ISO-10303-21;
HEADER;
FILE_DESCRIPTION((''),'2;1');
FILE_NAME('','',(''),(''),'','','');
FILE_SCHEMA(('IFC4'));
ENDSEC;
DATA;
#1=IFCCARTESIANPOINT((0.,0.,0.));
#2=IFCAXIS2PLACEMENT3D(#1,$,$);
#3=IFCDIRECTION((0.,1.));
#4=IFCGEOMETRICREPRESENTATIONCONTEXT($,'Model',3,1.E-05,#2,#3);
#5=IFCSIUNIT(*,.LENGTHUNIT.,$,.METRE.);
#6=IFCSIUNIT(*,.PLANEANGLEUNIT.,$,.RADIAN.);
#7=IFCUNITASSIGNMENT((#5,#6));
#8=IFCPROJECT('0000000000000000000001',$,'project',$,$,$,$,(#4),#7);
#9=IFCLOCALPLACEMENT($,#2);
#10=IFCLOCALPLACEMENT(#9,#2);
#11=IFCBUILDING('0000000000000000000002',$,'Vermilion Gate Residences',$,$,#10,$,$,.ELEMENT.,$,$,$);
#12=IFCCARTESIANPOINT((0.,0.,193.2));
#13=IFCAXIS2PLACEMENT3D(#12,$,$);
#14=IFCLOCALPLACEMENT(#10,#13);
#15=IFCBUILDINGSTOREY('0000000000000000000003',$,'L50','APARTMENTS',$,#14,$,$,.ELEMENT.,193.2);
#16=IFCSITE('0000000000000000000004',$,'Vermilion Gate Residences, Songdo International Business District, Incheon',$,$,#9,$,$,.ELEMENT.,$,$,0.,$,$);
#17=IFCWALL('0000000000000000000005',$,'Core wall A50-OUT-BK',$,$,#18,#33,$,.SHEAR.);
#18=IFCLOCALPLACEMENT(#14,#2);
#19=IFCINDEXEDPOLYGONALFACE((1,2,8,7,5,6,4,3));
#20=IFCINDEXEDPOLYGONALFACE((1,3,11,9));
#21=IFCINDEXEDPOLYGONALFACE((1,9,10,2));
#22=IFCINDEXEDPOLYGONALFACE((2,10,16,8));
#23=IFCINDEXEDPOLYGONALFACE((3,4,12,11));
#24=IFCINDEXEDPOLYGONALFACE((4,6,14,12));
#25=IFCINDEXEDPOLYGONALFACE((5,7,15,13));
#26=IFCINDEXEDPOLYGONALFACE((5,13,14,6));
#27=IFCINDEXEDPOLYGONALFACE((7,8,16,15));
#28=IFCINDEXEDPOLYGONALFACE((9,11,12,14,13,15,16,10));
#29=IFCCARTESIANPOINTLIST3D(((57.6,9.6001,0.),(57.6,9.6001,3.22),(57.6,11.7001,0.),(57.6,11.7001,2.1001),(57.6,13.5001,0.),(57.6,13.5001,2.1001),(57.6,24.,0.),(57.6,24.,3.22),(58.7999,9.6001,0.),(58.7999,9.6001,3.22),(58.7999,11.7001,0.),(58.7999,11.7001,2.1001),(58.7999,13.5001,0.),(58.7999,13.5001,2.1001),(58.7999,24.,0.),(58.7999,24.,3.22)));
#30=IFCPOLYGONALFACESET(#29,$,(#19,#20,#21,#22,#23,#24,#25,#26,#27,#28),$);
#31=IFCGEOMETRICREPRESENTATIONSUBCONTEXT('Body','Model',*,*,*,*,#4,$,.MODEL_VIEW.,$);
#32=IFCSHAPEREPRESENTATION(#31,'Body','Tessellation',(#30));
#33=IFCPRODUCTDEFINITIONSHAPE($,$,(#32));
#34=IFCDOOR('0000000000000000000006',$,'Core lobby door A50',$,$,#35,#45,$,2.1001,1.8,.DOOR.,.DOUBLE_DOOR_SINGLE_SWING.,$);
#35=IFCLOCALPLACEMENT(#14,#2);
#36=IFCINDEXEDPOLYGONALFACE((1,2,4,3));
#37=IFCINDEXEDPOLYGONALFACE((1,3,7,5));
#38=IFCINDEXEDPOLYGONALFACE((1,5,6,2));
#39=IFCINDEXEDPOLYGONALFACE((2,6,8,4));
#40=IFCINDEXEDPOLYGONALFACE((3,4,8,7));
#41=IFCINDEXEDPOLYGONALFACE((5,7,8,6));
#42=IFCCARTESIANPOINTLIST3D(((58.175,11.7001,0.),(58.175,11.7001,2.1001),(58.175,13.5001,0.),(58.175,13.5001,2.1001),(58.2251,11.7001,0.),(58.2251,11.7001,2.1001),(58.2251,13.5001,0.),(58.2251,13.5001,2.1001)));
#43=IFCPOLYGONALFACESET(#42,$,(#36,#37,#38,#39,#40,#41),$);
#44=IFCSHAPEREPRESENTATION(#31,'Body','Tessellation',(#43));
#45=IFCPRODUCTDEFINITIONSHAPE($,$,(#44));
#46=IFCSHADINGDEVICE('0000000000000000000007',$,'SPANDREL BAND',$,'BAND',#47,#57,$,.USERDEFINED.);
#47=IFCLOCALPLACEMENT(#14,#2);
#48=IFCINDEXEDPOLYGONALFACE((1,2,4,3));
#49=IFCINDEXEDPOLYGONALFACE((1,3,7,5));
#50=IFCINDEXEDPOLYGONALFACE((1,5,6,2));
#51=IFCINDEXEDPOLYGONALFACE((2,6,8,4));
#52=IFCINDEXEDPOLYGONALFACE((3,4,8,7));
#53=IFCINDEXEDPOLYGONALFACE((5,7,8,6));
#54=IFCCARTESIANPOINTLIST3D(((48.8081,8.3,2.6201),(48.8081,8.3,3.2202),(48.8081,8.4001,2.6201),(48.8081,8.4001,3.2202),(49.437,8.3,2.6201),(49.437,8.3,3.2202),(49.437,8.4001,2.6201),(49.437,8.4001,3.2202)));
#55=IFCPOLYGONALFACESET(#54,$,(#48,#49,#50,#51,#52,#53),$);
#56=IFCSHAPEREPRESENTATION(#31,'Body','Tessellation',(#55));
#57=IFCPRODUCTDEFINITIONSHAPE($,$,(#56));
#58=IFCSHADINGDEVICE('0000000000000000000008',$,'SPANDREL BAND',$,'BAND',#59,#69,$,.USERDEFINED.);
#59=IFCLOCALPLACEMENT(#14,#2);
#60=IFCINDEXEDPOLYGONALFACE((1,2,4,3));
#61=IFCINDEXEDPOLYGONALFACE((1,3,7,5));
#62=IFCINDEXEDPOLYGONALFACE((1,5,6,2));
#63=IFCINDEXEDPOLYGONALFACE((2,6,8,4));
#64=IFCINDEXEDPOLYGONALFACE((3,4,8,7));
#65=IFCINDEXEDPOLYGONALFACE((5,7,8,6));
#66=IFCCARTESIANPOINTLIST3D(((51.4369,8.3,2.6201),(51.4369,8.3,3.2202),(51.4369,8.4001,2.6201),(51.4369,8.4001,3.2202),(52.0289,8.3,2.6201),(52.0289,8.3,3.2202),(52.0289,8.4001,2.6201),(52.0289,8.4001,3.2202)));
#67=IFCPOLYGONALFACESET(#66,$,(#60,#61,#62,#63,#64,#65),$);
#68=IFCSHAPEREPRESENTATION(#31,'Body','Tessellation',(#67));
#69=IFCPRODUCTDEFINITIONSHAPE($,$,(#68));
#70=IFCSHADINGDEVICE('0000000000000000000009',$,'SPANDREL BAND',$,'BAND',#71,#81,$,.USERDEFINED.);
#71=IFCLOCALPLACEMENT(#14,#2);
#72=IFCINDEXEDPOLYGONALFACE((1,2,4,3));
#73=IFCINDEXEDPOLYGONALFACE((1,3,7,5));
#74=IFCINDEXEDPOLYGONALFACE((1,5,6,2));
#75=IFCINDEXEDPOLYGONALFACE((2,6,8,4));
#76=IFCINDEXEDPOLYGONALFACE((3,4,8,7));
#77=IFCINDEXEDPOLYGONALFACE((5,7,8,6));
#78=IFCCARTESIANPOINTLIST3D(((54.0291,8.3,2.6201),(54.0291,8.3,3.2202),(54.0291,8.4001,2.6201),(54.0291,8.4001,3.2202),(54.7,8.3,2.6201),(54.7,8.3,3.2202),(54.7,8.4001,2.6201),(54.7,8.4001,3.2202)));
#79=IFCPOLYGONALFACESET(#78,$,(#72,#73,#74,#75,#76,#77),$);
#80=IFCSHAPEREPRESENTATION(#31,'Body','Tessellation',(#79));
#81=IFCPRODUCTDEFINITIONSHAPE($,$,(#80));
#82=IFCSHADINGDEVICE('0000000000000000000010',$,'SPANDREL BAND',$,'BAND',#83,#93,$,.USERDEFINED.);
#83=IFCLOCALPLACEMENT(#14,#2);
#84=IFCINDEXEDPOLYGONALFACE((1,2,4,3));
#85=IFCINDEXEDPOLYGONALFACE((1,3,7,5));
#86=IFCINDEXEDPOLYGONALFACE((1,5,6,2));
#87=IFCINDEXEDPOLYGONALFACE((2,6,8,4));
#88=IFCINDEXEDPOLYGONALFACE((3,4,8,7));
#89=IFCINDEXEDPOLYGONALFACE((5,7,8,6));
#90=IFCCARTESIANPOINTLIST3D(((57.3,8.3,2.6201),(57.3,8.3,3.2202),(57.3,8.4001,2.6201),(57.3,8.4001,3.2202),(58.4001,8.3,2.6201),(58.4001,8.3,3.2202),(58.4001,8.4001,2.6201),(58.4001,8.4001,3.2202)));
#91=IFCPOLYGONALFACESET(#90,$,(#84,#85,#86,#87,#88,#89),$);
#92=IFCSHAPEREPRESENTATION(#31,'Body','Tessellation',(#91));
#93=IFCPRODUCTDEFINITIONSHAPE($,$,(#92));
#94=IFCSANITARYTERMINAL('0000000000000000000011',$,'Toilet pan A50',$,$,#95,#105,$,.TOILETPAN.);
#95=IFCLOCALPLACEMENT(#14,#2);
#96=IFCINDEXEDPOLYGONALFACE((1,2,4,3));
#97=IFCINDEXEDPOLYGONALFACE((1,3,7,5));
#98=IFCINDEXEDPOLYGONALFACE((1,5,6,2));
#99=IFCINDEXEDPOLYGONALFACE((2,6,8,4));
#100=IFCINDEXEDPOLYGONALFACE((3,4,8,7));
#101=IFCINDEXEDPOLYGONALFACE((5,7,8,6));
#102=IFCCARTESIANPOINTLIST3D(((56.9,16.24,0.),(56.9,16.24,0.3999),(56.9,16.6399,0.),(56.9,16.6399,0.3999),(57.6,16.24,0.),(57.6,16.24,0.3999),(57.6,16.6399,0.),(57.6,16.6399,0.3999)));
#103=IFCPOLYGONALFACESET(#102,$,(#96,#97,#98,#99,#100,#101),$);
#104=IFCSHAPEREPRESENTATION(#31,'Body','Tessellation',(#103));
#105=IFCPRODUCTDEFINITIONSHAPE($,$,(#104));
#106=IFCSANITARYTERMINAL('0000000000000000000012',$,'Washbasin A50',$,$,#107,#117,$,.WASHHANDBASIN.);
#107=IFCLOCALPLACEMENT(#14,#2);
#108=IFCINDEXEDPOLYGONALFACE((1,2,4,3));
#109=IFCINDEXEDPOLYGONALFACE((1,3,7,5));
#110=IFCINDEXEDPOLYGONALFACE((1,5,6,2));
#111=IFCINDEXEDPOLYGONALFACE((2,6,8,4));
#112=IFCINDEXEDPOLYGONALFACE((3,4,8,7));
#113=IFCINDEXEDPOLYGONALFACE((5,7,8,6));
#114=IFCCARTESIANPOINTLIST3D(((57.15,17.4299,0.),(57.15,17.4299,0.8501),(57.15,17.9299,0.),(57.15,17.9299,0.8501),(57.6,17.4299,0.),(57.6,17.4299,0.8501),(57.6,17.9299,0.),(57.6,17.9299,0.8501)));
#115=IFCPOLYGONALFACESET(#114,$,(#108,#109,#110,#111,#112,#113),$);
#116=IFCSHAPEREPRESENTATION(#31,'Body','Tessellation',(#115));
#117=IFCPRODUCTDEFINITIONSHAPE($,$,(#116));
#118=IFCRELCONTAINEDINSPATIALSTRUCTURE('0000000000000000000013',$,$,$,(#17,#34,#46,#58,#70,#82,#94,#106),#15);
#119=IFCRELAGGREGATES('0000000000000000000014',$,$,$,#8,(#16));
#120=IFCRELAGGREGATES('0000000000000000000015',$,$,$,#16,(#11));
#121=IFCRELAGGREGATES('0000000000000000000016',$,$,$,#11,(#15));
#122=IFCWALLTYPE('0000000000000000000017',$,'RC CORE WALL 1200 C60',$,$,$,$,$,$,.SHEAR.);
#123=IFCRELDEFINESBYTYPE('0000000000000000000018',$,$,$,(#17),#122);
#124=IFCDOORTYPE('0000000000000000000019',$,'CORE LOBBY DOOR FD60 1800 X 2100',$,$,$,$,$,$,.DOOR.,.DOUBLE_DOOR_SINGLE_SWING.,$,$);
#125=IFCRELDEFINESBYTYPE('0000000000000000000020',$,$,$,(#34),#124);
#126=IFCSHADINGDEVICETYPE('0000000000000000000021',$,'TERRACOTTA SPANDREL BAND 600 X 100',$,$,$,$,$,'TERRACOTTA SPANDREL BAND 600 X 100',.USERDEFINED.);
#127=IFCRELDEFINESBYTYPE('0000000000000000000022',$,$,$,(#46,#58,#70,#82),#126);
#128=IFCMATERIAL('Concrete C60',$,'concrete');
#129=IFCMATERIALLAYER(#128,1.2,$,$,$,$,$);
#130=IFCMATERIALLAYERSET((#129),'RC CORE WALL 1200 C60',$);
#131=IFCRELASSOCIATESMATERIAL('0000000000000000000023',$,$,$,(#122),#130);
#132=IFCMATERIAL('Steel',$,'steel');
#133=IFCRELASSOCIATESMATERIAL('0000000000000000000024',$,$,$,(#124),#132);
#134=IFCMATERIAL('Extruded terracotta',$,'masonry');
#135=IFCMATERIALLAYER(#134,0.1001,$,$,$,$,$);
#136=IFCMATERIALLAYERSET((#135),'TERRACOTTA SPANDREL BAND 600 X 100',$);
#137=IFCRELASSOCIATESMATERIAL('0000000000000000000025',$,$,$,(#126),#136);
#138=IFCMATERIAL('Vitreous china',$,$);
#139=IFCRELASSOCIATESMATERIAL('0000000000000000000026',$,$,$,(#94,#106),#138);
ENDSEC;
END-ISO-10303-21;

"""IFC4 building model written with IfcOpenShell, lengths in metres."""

from ifc_helpers import new_model, si_unit, direction, frame, frame_2d, origin, origin_2d, place, context, subcontext, project, spatial, rectangle, extrude, material, layer, layer_set, type_object, element, fill, save


model = new_model("IFC4")

# Units and contexts
model_context = context("Model", 3, precision=1e-05, world=origin(), true_north=direction((0.0, 1.0)))
body_context = subcontext(model_context, "Body", "Model", "MODEL_VIEW")
ifc_project = project(units=[si_unit("LENGTHUNIT", "METRE"), si_unit("PLANEANGLEUNIT", "RADIAN")], contexts=[model_context])

# Site, building, storey
site_placement = place(None, origin())
site = spatial("IfcSite", under=ifc_project, at=site_placement, Name="Vermilion Gate Residences, Songdo International Business District, Incheon", CompositionType="ELEMENT", RefElevation=0.0)
building_placement = place(site_placement, origin())
building = spatial("IfcBuilding", under=site, at=building_placement, Name="Vermilion Gate Residences", CompositionType="ELEMENT")
storey_placement = place(building_placement, frame((0.0, 0.0, 193.2)))
storey = spatial("IfcBuildingStorey", under=building, at=storey_placement, Name="L50", Description="APARTMENTS", CompositionType="ELEMENT", Elevation=193.2)

# Wall, opening, door
ifc_material_1 = material(Name="Concrete C60", Category="concrete")
ifc_layer_1 = layer(ifc_material_1, 1.2)
ifc_layer_set_1 = layer_set([ifc_layer_1], Name="RC CORE WALL 1200 C60")
wall_type_1 = type_object("IfcWallType", Name="RC CORE WALL 1200 C60", PredefinedType="SHEAR", material=ifc_layer_set_1)
wall_1_placement = place(storey_placement, frame((58.2, 9.6001, 0.0), z_axis=(0.0, 0.0, 1.0), x_axis=(0.0, 1.0, 0.0)))
wall_1 = element("IfcWall", 1, at=wall_1_placement, inside=storey, type_object=wall_type_1, Name="Core wall A50-OUT-BK", PredefinedType="SHEAR", context=body_context, shape_type="SweptSolid", body=[
    extrude(rectangle(XDim=14.3999, YDim=1.2, at=frame_2d((7.2, 0.0))), origin(), (0.0, 0.0, 1.0), 3.22),
])
opening_1_placement = place(wall_1_placement, frame((2.1001, 0.0, 0.0)))
opening_1 = element("IfcOpeningElement", 2, at=opening_1_placement, cuts=wall_1, PredefinedType="OPENING", context=body_context, shape_type="SweptSolid", body=[
    extrude(rectangle(XDim=1.8, YDim=2.1001, at=frame_2d((0.8999, 1.05))), frame((0.0, 0.6099, 0.0), z_axis=(0.0, -1.0, 0.0), x_axis=(1.0, 0.0, 0.0)), (0.0, 0.0, 1.0), 1.22),
])
ifc_material_2 = material(Name="Steel", Category="steel")
door_type_1 = type_object("IfcDoorType", Name="CORE LOBBY DOOR FD60 1800 X 2100", OperationType="DOUBLE_DOOR_SINGLE_SWING", PredefinedType="DOOR", material=ifc_material_2)
door_1_placement = place(opening_1_placement, origin())
door_1 = element("IfcDoor", 3, at=door_1_placement, inside=storey, type_object=door_type_1, Name="Core lobby door A50", OperationType="DOUBLE_DOOR_SINGLE_SWING", OverallHeight=2.1001, OverallWidth=1.8, PredefinedType="DOOR", context=body_context, shape_type="SweptSolid", body=[
    extrude(rectangle(XDim=1.8, YDim=2.1001, at=frame_2d((0.8999, 1.05))), frame((0.0, 0.0249, 0.0), z_axis=(0.0, -1.0, 0.0), x_axis=(1.0, 0.0, 0.0)), (0.0, 0.0, 1.0), 0.05),
])
fill(opening_1, door_1)

# Shading devices
ifc_material_3 = material(Name="Extruded terracotta", Category="masonry")
ifc_layer_2 = layer(ifc_material_3, 0.1001)
ifc_layer_set_2 = layer_set([ifc_layer_2], Name="TERRACOTTA SPANDREL BAND 600 X 100")
shading_device_type = type_object("IfcShadingDeviceType", Name="TERRACOTTA SPANDREL BAND 600 X 100", ElementType="TERRACOTTA SPANDREL BAND 600 X 100", PredefinedType="USERDEFINED", material=ifc_layer_set_2)
shading_device_1_placement = place(storey_placement, frame((49.1226, 8.3501, 2.6201), z_axis=(0.0, 0.0, 1.0), x_axis=(1.0, 0.0, 0.0)))
element("IfcShadingDevice", 4, at=shading_device_1_placement, inside=storey, type_object=shading_device_type, Name="SPANDREL BAND", ObjectType="BAND", PredefinedType="USERDEFINED", context=body_context, shape_type="SweptSolid", body=[
    extrude(rectangle(XDim=0.6289, YDim=0.1001, at=origin_2d()), origin(), (0.0, 0.0, 1.0), 0.6001),
])
shading_device_2_placement = place(storey_placement, frame((51.7329, 8.3501, 2.6201), z_axis=(0.0, 0.0, 1.0), x_axis=(1.0, 0.0, 0.0)))
element("IfcShadingDevice", 5, at=shading_device_2_placement, inside=storey, type_object=shading_device_type, Name="SPANDREL BAND", ObjectType="BAND", PredefinedType="USERDEFINED", context=body_context, shape_type="SweptSolid", body=[
    extrude(rectangle(XDim=0.592, YDim=0.1001, at=origin_2d()), origin(), (0.0, 0.0, 1.0), 0.6001),
])
shading_device_3_placement = place(storey_placement, frame((54.3645, 8.3501, 2.6201), z_axis=(0.0, 0.0, 1.0), x_axis=(1.0, 0.0, 0.0)))
element("IfcShadingDevice", 6, at=shading_device_3_placement, inside=storey, type_object=shading_device_type, Name="SPANDREL BAND", ObjectType="BAND", PredefinedType="USERDEFINED", context=body_context, shape_type="SweptSolid", body=[
    extrude(rectangle(XDim=0.6709, YDim=0.1001, at=origin_2d()), origin(), (0.0, 0.0, 1.0), 0.6001),
])
shading_device_4_placement = place(storey_placement, frame((57.8501, 8.3501, 2.6201), z_axis=(0.0, 0.0, 1.0), x_axis=(1.0, 0.0, 0.0)))
element("IfcShadingDevice", 7, at=shading_device_4_placement, inside=storey, type_object=shading_device_type, Name="SPANDREL BAND", ObjectType="BAND", PredefinedType="USERDEFINED", context=body_context, shape_type="SweptSolid", body=[
    extrude(rectangle(XDim=1.1001, YDim=0.1001, at=origin_2d()), origin(), (0.0, 0.0, 1.0), 0.6001),
])

# Sanitary terminals
ifc_material_4 = material(Name="Vitreous china")
sanitary_terminal_1_placement = place(storey_placement, frame((57.25, 16.4399, 0.0), z_axis=(0.0, 0.0, 1.0), x_axis=(1.0, 0.0, 0.0)))
element("IfcSanitaryTerminal", 8, at=sanitary_terminal_1_placement, inside=storey, material=ifc_material_4, Name="Toilet pan A50", PredefinedType="TOILETPAN", context=body_context, shape_type="SweptSolid", body=[
    extrude(rectangle(XDim=0.7, YDim=0.3999, at=origin_2d()), origin(), (0.0, 0.0, 1.0), 0.3999),
])
sanitary_terminal_2_placement = place(storey_placement, frame((57.375, 17.6799, 0.0), z_axis=(0.0, 0.0, 1.0), x_axis=(1.0, 0.0, 0.0)))
element("IfcSanitaryTerminal", 9, at=sanitary_terminal_2_placement, inside=storey, material=ifc_material_4, Name="Washbasin A50", PredefinedType="WASHHANDBASIN", context=body_context, shape_type="SweptSolid", body=[
    extrude(rectangle(XDim=0.45, YDim=0.5, at=origin_2d()), origin(), (0.0, 0.0, 1.0), 0.8501),
])

save(model, "model.ifc")
